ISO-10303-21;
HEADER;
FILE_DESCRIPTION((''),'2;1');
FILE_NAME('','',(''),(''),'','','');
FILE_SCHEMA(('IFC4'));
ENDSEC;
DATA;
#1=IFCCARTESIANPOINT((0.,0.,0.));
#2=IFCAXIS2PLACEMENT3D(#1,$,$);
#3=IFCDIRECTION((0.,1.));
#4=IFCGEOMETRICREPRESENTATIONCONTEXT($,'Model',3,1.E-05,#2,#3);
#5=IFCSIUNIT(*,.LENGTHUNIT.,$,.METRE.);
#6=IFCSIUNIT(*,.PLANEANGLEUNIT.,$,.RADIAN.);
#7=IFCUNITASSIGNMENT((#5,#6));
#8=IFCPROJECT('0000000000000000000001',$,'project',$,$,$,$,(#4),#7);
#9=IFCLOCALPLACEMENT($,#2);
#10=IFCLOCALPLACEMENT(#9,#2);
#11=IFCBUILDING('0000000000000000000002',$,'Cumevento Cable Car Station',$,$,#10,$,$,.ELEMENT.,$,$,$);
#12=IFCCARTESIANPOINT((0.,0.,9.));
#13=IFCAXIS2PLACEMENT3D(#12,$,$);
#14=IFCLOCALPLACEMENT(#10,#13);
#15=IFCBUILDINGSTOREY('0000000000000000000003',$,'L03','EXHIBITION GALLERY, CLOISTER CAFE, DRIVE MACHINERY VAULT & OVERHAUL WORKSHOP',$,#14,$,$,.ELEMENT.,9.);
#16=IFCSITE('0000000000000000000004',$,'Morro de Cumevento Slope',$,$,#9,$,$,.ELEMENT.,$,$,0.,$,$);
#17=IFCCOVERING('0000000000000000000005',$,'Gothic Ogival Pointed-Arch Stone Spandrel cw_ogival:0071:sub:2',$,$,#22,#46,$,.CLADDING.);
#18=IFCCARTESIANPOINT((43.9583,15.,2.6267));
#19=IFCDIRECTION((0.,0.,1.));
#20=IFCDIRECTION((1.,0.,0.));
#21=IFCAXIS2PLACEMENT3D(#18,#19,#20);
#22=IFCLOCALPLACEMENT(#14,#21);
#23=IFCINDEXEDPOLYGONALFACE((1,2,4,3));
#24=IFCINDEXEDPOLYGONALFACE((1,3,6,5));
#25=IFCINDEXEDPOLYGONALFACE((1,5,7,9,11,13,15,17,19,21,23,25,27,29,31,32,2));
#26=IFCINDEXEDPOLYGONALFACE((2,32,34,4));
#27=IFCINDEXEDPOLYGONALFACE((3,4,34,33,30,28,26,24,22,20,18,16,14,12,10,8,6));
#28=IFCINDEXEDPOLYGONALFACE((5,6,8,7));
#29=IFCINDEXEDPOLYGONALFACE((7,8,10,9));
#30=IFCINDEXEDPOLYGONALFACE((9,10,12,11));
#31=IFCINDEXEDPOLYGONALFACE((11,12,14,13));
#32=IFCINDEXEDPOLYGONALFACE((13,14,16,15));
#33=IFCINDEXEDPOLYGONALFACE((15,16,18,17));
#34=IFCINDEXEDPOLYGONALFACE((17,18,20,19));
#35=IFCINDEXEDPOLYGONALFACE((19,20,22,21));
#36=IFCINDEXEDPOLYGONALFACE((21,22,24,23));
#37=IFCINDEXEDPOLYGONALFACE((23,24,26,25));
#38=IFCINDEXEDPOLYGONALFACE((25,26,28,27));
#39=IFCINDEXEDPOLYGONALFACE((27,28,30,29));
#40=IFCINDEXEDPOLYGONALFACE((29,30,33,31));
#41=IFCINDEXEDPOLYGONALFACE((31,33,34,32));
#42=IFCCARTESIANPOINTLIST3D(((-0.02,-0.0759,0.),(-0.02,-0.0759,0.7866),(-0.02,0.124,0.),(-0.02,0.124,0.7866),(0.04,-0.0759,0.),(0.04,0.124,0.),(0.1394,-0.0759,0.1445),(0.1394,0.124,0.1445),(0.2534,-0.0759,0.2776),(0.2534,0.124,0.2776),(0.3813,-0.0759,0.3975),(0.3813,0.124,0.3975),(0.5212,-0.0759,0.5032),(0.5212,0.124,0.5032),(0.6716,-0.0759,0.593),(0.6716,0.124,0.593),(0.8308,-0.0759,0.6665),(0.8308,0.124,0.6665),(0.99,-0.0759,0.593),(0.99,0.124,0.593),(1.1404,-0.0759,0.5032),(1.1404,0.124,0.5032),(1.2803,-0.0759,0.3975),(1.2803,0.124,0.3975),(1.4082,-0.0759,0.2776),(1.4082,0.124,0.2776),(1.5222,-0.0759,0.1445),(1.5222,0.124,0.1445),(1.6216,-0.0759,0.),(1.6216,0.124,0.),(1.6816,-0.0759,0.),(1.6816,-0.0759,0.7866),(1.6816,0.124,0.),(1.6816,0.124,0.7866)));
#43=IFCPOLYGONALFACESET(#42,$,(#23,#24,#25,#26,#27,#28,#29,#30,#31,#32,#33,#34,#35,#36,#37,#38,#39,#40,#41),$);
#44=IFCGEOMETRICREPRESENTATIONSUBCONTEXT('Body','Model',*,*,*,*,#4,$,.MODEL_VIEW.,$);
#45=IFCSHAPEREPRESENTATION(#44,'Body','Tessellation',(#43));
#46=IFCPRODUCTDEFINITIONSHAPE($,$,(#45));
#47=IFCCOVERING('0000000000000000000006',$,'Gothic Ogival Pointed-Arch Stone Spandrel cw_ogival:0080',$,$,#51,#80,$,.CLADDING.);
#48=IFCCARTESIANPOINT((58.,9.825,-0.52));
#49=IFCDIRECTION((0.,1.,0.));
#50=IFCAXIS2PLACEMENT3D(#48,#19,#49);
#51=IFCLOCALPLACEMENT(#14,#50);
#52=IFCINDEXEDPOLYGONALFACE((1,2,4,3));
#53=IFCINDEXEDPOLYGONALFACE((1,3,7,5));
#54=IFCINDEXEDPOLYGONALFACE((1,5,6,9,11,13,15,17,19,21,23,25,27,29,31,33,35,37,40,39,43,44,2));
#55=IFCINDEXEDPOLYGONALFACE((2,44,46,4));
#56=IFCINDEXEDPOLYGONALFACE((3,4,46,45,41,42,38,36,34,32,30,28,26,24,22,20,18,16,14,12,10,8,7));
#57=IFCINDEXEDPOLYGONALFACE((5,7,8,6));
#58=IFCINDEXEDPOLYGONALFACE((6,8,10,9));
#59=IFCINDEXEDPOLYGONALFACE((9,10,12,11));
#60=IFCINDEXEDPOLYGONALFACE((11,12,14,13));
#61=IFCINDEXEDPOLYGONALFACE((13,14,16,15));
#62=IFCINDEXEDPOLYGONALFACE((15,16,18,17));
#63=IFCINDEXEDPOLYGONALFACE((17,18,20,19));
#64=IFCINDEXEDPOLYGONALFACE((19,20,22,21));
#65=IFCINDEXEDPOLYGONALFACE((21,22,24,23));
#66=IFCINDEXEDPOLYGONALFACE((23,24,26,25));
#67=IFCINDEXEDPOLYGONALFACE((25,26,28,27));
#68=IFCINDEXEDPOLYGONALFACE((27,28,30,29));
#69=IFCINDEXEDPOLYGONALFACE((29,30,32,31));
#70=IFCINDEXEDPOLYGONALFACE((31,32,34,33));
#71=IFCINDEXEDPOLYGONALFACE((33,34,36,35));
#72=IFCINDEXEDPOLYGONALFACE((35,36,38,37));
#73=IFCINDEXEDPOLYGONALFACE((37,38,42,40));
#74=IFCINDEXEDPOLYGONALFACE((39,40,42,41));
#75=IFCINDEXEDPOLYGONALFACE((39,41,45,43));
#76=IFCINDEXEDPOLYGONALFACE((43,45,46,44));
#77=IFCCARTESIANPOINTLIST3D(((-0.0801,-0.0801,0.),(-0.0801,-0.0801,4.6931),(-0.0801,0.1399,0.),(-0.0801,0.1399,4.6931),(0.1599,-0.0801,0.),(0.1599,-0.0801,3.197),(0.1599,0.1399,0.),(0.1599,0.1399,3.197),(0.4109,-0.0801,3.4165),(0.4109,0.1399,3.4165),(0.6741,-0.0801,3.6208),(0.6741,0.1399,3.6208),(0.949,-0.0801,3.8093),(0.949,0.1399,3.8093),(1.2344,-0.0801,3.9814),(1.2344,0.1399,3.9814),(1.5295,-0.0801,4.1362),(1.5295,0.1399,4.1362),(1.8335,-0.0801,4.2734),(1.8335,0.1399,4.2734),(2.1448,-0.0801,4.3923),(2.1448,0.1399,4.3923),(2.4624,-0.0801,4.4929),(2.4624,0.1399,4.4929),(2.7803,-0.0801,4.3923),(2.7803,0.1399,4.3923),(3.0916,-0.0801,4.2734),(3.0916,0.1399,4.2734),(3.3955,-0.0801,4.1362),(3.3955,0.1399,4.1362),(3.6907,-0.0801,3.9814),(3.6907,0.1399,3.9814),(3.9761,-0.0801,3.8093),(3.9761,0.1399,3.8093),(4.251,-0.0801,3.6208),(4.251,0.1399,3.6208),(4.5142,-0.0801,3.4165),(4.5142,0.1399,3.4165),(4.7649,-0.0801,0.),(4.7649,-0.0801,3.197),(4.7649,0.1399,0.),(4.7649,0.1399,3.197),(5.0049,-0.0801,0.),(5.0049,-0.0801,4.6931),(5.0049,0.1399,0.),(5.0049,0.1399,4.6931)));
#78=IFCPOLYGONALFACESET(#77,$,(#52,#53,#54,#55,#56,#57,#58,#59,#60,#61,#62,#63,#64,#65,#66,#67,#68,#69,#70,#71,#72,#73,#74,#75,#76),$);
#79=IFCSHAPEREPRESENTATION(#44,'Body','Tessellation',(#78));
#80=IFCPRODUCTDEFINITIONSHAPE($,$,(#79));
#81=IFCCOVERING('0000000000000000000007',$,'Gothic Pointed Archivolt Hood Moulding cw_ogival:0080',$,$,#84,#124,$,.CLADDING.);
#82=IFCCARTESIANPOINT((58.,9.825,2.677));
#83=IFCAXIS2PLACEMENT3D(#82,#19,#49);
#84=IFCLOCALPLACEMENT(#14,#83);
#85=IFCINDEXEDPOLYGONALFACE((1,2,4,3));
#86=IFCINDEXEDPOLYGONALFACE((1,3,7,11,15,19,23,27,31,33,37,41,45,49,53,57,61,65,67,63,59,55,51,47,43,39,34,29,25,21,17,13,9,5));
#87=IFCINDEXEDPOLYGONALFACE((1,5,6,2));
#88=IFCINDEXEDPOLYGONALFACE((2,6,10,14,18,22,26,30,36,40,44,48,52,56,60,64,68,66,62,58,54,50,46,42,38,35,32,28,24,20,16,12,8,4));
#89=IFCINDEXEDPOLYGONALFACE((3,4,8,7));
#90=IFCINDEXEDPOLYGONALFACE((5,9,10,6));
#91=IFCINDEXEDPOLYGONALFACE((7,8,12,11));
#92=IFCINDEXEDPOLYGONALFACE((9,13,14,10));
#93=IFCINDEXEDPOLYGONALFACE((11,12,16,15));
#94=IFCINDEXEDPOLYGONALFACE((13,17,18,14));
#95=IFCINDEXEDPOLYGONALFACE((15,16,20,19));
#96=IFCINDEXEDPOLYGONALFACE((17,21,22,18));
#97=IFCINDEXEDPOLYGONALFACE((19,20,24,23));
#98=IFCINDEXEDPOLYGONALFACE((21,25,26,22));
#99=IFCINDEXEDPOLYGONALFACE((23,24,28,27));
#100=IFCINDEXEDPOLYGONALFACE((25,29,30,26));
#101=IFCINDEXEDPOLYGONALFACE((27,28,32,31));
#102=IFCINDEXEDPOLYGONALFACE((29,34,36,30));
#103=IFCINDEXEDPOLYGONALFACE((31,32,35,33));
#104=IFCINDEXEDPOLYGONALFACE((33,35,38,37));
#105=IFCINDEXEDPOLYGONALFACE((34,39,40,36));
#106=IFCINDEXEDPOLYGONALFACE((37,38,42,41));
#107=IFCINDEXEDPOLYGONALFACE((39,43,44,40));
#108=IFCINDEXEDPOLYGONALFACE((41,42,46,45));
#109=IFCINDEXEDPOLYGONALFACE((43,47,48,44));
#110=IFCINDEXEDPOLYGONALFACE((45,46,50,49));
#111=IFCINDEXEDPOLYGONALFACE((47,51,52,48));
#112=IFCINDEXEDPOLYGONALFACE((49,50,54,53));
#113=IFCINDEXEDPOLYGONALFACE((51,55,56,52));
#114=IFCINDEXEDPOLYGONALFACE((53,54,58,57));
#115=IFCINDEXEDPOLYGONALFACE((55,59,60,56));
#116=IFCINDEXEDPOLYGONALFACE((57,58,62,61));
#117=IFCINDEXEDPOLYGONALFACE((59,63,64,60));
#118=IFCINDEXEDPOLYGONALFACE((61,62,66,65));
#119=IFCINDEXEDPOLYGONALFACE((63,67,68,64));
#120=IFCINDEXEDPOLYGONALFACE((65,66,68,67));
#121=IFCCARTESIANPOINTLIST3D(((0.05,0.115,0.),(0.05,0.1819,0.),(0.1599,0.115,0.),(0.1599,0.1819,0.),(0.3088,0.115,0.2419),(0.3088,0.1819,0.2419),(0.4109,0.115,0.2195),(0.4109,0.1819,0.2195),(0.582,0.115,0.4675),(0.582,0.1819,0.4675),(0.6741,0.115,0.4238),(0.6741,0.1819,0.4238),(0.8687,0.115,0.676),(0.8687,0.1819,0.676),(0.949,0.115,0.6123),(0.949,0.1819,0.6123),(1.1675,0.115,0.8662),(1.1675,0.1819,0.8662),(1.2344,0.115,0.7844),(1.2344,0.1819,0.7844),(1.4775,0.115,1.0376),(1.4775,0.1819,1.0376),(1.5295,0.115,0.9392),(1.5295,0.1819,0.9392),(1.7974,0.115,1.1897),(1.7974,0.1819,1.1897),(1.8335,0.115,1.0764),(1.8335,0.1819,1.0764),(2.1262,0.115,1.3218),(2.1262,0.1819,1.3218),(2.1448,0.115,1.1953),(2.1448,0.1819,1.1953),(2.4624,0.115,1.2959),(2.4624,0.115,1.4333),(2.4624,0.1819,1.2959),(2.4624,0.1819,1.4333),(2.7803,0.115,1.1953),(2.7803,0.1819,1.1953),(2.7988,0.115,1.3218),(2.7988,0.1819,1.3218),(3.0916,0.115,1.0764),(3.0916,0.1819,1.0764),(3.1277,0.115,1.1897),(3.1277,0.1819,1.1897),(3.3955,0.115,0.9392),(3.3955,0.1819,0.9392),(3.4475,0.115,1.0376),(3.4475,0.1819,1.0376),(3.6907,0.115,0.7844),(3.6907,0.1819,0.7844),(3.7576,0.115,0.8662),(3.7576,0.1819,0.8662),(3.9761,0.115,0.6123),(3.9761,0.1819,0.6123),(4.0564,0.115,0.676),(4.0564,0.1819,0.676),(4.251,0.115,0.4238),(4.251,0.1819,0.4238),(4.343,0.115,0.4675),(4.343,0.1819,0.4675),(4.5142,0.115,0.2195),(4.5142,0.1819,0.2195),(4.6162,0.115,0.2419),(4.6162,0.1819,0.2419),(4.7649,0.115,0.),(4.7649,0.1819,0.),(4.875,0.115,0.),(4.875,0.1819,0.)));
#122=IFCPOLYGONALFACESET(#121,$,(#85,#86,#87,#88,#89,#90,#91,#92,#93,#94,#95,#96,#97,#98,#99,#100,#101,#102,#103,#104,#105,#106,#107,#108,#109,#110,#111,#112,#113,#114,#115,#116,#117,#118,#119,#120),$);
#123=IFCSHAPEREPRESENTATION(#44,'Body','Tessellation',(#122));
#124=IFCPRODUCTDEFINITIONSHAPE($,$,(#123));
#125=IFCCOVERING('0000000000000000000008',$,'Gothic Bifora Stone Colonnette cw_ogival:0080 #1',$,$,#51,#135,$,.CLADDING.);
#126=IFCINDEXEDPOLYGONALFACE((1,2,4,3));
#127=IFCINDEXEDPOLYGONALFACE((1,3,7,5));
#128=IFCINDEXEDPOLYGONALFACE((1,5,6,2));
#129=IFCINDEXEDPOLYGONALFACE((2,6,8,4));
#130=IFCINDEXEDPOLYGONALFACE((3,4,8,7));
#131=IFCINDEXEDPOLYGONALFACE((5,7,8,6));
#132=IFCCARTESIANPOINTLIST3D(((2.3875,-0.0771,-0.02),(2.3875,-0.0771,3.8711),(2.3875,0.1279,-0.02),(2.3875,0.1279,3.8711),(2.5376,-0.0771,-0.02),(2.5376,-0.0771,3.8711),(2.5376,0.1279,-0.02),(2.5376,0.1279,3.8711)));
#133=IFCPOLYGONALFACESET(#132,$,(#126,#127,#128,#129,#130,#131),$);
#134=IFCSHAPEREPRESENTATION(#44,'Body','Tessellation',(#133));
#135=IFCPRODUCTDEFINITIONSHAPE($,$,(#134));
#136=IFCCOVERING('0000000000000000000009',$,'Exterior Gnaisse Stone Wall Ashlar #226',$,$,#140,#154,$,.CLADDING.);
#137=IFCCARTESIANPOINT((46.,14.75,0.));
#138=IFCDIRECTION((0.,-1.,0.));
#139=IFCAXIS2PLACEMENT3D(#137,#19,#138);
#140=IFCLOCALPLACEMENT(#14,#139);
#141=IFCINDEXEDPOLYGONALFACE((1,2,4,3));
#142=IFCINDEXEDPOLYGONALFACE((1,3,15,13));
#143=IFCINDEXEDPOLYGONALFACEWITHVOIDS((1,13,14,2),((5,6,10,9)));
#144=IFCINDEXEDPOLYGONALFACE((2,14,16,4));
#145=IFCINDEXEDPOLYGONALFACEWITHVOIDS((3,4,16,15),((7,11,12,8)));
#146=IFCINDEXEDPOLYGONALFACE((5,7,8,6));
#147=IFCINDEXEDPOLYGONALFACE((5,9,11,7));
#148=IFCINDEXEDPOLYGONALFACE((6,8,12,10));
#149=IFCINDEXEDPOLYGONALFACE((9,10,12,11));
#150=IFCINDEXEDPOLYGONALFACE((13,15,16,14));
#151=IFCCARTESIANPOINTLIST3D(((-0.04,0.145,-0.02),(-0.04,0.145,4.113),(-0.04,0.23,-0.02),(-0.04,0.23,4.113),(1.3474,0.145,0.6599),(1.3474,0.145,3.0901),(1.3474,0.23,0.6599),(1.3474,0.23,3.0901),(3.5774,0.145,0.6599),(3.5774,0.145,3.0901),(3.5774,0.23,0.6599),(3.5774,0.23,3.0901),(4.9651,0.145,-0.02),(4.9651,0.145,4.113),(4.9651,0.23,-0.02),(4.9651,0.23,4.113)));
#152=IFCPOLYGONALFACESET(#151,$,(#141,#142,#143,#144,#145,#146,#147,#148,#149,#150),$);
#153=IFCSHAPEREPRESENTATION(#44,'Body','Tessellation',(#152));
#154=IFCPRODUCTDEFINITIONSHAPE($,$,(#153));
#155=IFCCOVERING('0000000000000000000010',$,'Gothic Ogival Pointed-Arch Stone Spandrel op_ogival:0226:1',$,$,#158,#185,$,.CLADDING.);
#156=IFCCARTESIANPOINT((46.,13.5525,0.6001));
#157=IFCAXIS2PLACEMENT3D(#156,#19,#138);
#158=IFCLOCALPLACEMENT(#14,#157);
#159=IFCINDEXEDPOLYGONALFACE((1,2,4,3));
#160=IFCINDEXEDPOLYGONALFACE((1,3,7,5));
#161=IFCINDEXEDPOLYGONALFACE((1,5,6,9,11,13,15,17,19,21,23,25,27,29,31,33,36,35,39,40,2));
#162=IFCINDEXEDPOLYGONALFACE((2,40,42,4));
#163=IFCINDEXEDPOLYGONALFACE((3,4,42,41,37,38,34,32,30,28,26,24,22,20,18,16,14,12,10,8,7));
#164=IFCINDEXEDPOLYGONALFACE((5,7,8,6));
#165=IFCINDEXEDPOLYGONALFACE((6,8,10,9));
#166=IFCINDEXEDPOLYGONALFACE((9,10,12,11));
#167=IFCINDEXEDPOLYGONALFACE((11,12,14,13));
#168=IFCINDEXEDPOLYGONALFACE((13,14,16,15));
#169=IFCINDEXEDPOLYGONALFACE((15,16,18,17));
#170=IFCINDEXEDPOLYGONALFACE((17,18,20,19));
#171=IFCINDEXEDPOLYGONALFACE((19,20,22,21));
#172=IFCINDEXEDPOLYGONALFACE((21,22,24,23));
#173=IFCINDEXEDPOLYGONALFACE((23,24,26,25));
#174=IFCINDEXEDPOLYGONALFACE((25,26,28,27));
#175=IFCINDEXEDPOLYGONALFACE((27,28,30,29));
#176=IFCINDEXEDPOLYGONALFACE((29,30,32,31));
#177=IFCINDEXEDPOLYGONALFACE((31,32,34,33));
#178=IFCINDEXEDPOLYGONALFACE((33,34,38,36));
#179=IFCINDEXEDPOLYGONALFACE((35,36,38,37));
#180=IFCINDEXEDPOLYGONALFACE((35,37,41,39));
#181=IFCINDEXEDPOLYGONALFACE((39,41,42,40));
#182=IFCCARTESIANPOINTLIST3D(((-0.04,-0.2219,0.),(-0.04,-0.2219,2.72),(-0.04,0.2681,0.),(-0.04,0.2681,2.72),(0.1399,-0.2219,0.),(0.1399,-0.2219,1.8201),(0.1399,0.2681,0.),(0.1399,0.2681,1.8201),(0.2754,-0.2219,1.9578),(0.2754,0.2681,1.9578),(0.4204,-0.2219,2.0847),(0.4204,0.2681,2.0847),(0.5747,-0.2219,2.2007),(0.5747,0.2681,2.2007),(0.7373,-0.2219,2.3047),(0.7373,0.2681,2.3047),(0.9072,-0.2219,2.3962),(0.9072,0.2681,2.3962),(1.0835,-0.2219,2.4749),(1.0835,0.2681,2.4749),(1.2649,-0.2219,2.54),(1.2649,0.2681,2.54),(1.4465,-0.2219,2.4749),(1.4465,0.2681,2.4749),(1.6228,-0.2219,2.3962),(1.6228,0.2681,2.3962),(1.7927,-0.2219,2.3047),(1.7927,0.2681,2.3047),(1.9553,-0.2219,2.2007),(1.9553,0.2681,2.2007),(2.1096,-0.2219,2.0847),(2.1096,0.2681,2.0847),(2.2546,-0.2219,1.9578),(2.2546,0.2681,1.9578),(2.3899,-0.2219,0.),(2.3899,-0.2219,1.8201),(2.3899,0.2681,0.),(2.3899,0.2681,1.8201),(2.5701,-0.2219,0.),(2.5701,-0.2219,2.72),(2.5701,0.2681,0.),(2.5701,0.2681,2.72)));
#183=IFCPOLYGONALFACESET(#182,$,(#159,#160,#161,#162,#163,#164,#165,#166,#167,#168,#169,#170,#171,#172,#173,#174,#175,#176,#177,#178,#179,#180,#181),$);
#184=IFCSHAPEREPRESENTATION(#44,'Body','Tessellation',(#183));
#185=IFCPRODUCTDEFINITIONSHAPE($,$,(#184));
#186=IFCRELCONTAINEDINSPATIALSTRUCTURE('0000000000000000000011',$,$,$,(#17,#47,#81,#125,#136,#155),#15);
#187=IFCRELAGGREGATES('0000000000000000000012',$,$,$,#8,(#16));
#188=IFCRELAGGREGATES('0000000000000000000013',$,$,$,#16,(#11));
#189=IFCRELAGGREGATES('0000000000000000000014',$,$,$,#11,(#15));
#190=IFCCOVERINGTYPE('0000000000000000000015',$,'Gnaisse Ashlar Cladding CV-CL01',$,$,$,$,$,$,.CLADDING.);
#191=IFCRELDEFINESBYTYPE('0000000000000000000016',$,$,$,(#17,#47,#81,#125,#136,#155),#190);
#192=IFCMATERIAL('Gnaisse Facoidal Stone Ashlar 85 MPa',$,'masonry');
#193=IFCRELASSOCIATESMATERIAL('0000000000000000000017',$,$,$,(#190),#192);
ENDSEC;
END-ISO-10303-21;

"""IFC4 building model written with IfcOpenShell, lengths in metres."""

from ifc_helpers import new_model, si_unit, direction, frame, origin, place, context, subcontext, project, spatial, polyline, outline, extrude, material, type_object, element, save


model = new_model("IFC4")

# Units and contexts
model_context = context("Model", 3, precision=1e-05, world=origin(), true_north=direction((0.0, 1.0)))
body_context = subcontext(model_context, "Body", "Model", "MODEL_VIEW")
ifc_project = project(units=[si_unit("LENGTHUNIT", "METRE"), si_unit("PLANEANGLEUNIT", "RADIAN")], contexts=[model_context])

# Site, building, storey
site_placement = place(None, origin())
site = spatial("IfcSite", under=ifc_project, at=site_placement, Name="Morro de Cumevento Slope", CompositionType="ELEMENT", RefElevation=0.0)
building_placement = place(site_placement, origin())
building = spatial("IfcBuilding", under=site, at=building_placement, Name="Cumevento Cable Car Station", CompositionType="ELEMENT")
storey_placement = place(building_placement, frame((0.0, 0.0, 9.0)))
storey = spatial("IfcBuildingStorey", under=building, at=storey_placement, Name="L03", Description="EXHIBITION GALLERY, CLOISTER CAFE, DRIVE MACHINERY VAULT & OVERHAUL WORKSHOP", CompositionType="ELEMENT", Elevation=9.0)

# Coverings
ifc_material_1 = material(Name="Gnaisse Facoidal Stone Ashlar 85 MPa", Category="masonry")
covering_type = type_object("IfcCoveringType", Name="Gnaisse Ashlar Cladding CV-CL01", PredefinedType="CLADDING", material=ifc_material_1)
covering_1_placement = place(storey_placement, frame((43.9583, 15.0, 2.6267), z_axis=(0.0, 0.0, 1.0), x_axis=(1.0, 0.0, 0.0)))
element("IfcCovering", 1, at=covering_1_placement, inside=storey, type_object=covering_type, Name="Gothic Ogival Pointed-Arch Stone Spandrel cw_ogival:0071:sub:2", PredefinedType="CLADDING", context=body_context, shape_type="SweptSolid", body=[
    extrude(outline(polyline([(-0.02, 0.0), (-0.02, 0.7866), (1.6816, 0.7866), (1.6816, 0.0), (1.6216, 0.0), (1.5222, 0.1445), (1.4082, 0.2776), (1.2803, 0.3975), (1.1404, 0.5032), (0.99, 0.593), (0.8308, 0.6665), (0.6716, 0.593), (0.5212, 0.5032), (0.3813, 0.3975), (0.2534, 0.2776), (0.1394, 0.1445), (0.04, 0.0), (-0.02, 0.0)])), frame((0.0, 0.124, 0.0), z_axis=(0.0, -1.0, 0.0), x_axis=(1.0, 0.0, 0.0)), (0.0, 0.0, 1.0), 0.2),
])
placement = place(storey_placement, frame((58.0, 9.825, -0.52), z_axis=(0.0, 0.0, 1.0), x_axis=(0.0, 1.0, 0.0)))
element("IfcCovering", 2, at=placement, inside=storey, type_object=covering_type, Name="Gothic Ogival Pointed-Arch Stone Spandrel cw_ogival:0080", PredefinedType="CLADDING", context=body_context, shape_type="SweptSolid", body=[
    extrude(outline(polyline([(-0.0801, 0.0), (-0.0801, 4.6931), (5.0049, 4.6931), (5.0049, 0.0), (4.7649, 0.0), (4.7649, 3.197), (4.5142, 3.4165), (4.251, 3.6208), (3.9761, 3.8093), (3.6907, 3.9814), (3.3955, 4.1362), (3.0916, 4.2734), (2.7803, 4.3923), (2.4624, 4.4929), (2.1448, 4.3923), (1.8335, 4.2734), (1.5295, 4.1362), (1.2344, 3.9814), (0.949, 3.8093), (0.6741, 3.6208), (0.4109, 3.4165), (0.1599, 3.197), (0.1599, 0.0), (-0.0801, 0.0)])), frame((0.0, 0.1399, 0.0), z_axis=(0.0, -1.0, 0.0), x_axis=(1.0, 0.0, 0.0)), (0.0, 0.0, 1.0), 0.22),
])
covering_2_placement = place(storey_placement, frame((58.0, 9.825, 2.677), z_axis=(0.0, 0.0, 1.0), x_axis=(0.0, 1.0, 0.0)))
element("IfcCovering", 3, at=covering_2_placement, inside=storey, type_object=covering_type, Name="Gothic Pointed Archivolt Hood Moulding cw_ogival:0080", PredefinedType="CLADDING", context=body_context, shape_type="SweptSolid", body=[
    extrude(outline(polyline([(0.1599, 0.0), (0.4109, 0.2195), (0.6741, 0.4238), (0.949, 0.6123), (1.2344, 0.7844), (1.5295, 0.9392), (1.8335, 1.0764), (2.1448, 1.1953), (2.4624, 1.2959), (2.7803, 1.1953), (3.0916, 1.0764), (3.3955, 0.9392), (3.6907, 0.7844), (3.9761, 0.6123), (4.251, 0.4238), (4.5142, 0.2195), (4.7649, 0.0), (4.875, 0.0), (4.6162, 0.2419), (4.343, 0.4675), (4.0564, 0.676), (3.7576, 0.8662), (3.4475, 1.0376), (3.1277, 1.1897), (2.7988, 1.3218), (2.4624, 1.4333), (2.1262, 1.3218), (1.7974, 1.1897), (1.4775, 1.0376), (1.1675, 0.8662), (0.8687, 0.676), (0.582, 0.4675), (0.3088, 0.2419), (0.05, 0.0), (0.1599, 0.0)])), frame((0.0, 0.1819, 0.0), z_axis=(0.0, -1.0, 0.0), x_axis=(1.0, 0.0, 0.0)), (0.0, 0.0, 1.0), 0.0669),
])
element("IfcCovering", 4, at=placement, inside=storey, type_object=covering_type, Name="Gothic Bifora Stone Colonnette cw_ogival:0080 #1", PredefinedType="CLADDING", context=body_context, shape_type="SweptSolid", body=[
    extrude(outline(polyline([(2.3875, -0.02), (2.5376, -0.02), (2.5376, 3.8711), (2.3875, 3.8711), (2.3875, -0.02)])), frame((0.0, 0.1279, 0.0), z_axis=(0.0, -1.0, 0.0), x_axis=(1.0, 0.0, 0.0)), (0.0, 0.0, 1.0), 0.2051),
])
covering_3_placement = place(storey_placement, frame((46.0, 14.75, 0.0), z_axis=(0.0, 0.0, 1.0), x_axis=(0.0, -1.0, 0.0)))
element("IfcCovering", 5, at=covering_3_placement, inside=storey, type_object=covering_type, Name="Exterior Gnaisse Stone Wall Ashlar #226", PredefinedType="CLADDING", context=body_context, shape_type="SweptSolid", body=[
    extrude(outline(polyline([(-0.04, -0.02), (4.9651, -0.02), (4.9651, 4.113), (-0.04, 4.113), (-0.04, -0.02)]), holes=[polyline([(1.3474, 0.6599), (3.5774, 0.6599), (3.5774, 3.0901), (1.3474, 3.0901), (1.3474, 0.6599)])]), frame((0.0, 0.23, 0.0), z_axis=(0.0, -1.0, 0.0), x_axis=(1.0, 0.0, 0.0)), (0.0, 0.0, 1.0), 0.085),
])
covering_4_placement = place(storey_placement, frame((46.0, 13.5525, 0.6001), z_axis=(0.0, 0.0, 1.0), x_axis=(0.0, -1.0, 0.0)))
element("IfcCovering", 6, at=covering_4_placement, inside=storey, type_object=covering_type, Name="Gothic Ogival Pointed-Arch Stone Spandrel op_ogival:0226:1", PredefinedType="CLADDING", context=body_context, shape_type="SweptSolid", body=[
    extrude(outline(polyline([(-0.04, 0.0), (-0.04, 2.72), (2.5701, 2.72), (2.5701, 0.0), (2.3899, 0.0), (2.3899, 1.8201), (2.2546, 1.9578), (2.1096, 2.0847), (1.9553, 2.2007), (1.7927, 2.3047), (1.6228, 2.3962), (1.4465, 2.4749), (1.2649, 2.54), (1.0835, 2.4749), (0.9072, 2.3962), (0.7373, 2.3047), (0.5747, 2.2007), (0.4204, 2.0847), (0.2754, 1.9578), (0.1399, 1.8201), (0.1399, 0.0), (-0.04, 0.0)])), frame((0.0, 0.2681, 0.0), z_axis=(0.0, -1.0, 0.0), x_axis=(1.0, 0.0, 0.0)), (0.0, 0.0, 1.0), 0.49),
])

save(model, "model.ifc")
